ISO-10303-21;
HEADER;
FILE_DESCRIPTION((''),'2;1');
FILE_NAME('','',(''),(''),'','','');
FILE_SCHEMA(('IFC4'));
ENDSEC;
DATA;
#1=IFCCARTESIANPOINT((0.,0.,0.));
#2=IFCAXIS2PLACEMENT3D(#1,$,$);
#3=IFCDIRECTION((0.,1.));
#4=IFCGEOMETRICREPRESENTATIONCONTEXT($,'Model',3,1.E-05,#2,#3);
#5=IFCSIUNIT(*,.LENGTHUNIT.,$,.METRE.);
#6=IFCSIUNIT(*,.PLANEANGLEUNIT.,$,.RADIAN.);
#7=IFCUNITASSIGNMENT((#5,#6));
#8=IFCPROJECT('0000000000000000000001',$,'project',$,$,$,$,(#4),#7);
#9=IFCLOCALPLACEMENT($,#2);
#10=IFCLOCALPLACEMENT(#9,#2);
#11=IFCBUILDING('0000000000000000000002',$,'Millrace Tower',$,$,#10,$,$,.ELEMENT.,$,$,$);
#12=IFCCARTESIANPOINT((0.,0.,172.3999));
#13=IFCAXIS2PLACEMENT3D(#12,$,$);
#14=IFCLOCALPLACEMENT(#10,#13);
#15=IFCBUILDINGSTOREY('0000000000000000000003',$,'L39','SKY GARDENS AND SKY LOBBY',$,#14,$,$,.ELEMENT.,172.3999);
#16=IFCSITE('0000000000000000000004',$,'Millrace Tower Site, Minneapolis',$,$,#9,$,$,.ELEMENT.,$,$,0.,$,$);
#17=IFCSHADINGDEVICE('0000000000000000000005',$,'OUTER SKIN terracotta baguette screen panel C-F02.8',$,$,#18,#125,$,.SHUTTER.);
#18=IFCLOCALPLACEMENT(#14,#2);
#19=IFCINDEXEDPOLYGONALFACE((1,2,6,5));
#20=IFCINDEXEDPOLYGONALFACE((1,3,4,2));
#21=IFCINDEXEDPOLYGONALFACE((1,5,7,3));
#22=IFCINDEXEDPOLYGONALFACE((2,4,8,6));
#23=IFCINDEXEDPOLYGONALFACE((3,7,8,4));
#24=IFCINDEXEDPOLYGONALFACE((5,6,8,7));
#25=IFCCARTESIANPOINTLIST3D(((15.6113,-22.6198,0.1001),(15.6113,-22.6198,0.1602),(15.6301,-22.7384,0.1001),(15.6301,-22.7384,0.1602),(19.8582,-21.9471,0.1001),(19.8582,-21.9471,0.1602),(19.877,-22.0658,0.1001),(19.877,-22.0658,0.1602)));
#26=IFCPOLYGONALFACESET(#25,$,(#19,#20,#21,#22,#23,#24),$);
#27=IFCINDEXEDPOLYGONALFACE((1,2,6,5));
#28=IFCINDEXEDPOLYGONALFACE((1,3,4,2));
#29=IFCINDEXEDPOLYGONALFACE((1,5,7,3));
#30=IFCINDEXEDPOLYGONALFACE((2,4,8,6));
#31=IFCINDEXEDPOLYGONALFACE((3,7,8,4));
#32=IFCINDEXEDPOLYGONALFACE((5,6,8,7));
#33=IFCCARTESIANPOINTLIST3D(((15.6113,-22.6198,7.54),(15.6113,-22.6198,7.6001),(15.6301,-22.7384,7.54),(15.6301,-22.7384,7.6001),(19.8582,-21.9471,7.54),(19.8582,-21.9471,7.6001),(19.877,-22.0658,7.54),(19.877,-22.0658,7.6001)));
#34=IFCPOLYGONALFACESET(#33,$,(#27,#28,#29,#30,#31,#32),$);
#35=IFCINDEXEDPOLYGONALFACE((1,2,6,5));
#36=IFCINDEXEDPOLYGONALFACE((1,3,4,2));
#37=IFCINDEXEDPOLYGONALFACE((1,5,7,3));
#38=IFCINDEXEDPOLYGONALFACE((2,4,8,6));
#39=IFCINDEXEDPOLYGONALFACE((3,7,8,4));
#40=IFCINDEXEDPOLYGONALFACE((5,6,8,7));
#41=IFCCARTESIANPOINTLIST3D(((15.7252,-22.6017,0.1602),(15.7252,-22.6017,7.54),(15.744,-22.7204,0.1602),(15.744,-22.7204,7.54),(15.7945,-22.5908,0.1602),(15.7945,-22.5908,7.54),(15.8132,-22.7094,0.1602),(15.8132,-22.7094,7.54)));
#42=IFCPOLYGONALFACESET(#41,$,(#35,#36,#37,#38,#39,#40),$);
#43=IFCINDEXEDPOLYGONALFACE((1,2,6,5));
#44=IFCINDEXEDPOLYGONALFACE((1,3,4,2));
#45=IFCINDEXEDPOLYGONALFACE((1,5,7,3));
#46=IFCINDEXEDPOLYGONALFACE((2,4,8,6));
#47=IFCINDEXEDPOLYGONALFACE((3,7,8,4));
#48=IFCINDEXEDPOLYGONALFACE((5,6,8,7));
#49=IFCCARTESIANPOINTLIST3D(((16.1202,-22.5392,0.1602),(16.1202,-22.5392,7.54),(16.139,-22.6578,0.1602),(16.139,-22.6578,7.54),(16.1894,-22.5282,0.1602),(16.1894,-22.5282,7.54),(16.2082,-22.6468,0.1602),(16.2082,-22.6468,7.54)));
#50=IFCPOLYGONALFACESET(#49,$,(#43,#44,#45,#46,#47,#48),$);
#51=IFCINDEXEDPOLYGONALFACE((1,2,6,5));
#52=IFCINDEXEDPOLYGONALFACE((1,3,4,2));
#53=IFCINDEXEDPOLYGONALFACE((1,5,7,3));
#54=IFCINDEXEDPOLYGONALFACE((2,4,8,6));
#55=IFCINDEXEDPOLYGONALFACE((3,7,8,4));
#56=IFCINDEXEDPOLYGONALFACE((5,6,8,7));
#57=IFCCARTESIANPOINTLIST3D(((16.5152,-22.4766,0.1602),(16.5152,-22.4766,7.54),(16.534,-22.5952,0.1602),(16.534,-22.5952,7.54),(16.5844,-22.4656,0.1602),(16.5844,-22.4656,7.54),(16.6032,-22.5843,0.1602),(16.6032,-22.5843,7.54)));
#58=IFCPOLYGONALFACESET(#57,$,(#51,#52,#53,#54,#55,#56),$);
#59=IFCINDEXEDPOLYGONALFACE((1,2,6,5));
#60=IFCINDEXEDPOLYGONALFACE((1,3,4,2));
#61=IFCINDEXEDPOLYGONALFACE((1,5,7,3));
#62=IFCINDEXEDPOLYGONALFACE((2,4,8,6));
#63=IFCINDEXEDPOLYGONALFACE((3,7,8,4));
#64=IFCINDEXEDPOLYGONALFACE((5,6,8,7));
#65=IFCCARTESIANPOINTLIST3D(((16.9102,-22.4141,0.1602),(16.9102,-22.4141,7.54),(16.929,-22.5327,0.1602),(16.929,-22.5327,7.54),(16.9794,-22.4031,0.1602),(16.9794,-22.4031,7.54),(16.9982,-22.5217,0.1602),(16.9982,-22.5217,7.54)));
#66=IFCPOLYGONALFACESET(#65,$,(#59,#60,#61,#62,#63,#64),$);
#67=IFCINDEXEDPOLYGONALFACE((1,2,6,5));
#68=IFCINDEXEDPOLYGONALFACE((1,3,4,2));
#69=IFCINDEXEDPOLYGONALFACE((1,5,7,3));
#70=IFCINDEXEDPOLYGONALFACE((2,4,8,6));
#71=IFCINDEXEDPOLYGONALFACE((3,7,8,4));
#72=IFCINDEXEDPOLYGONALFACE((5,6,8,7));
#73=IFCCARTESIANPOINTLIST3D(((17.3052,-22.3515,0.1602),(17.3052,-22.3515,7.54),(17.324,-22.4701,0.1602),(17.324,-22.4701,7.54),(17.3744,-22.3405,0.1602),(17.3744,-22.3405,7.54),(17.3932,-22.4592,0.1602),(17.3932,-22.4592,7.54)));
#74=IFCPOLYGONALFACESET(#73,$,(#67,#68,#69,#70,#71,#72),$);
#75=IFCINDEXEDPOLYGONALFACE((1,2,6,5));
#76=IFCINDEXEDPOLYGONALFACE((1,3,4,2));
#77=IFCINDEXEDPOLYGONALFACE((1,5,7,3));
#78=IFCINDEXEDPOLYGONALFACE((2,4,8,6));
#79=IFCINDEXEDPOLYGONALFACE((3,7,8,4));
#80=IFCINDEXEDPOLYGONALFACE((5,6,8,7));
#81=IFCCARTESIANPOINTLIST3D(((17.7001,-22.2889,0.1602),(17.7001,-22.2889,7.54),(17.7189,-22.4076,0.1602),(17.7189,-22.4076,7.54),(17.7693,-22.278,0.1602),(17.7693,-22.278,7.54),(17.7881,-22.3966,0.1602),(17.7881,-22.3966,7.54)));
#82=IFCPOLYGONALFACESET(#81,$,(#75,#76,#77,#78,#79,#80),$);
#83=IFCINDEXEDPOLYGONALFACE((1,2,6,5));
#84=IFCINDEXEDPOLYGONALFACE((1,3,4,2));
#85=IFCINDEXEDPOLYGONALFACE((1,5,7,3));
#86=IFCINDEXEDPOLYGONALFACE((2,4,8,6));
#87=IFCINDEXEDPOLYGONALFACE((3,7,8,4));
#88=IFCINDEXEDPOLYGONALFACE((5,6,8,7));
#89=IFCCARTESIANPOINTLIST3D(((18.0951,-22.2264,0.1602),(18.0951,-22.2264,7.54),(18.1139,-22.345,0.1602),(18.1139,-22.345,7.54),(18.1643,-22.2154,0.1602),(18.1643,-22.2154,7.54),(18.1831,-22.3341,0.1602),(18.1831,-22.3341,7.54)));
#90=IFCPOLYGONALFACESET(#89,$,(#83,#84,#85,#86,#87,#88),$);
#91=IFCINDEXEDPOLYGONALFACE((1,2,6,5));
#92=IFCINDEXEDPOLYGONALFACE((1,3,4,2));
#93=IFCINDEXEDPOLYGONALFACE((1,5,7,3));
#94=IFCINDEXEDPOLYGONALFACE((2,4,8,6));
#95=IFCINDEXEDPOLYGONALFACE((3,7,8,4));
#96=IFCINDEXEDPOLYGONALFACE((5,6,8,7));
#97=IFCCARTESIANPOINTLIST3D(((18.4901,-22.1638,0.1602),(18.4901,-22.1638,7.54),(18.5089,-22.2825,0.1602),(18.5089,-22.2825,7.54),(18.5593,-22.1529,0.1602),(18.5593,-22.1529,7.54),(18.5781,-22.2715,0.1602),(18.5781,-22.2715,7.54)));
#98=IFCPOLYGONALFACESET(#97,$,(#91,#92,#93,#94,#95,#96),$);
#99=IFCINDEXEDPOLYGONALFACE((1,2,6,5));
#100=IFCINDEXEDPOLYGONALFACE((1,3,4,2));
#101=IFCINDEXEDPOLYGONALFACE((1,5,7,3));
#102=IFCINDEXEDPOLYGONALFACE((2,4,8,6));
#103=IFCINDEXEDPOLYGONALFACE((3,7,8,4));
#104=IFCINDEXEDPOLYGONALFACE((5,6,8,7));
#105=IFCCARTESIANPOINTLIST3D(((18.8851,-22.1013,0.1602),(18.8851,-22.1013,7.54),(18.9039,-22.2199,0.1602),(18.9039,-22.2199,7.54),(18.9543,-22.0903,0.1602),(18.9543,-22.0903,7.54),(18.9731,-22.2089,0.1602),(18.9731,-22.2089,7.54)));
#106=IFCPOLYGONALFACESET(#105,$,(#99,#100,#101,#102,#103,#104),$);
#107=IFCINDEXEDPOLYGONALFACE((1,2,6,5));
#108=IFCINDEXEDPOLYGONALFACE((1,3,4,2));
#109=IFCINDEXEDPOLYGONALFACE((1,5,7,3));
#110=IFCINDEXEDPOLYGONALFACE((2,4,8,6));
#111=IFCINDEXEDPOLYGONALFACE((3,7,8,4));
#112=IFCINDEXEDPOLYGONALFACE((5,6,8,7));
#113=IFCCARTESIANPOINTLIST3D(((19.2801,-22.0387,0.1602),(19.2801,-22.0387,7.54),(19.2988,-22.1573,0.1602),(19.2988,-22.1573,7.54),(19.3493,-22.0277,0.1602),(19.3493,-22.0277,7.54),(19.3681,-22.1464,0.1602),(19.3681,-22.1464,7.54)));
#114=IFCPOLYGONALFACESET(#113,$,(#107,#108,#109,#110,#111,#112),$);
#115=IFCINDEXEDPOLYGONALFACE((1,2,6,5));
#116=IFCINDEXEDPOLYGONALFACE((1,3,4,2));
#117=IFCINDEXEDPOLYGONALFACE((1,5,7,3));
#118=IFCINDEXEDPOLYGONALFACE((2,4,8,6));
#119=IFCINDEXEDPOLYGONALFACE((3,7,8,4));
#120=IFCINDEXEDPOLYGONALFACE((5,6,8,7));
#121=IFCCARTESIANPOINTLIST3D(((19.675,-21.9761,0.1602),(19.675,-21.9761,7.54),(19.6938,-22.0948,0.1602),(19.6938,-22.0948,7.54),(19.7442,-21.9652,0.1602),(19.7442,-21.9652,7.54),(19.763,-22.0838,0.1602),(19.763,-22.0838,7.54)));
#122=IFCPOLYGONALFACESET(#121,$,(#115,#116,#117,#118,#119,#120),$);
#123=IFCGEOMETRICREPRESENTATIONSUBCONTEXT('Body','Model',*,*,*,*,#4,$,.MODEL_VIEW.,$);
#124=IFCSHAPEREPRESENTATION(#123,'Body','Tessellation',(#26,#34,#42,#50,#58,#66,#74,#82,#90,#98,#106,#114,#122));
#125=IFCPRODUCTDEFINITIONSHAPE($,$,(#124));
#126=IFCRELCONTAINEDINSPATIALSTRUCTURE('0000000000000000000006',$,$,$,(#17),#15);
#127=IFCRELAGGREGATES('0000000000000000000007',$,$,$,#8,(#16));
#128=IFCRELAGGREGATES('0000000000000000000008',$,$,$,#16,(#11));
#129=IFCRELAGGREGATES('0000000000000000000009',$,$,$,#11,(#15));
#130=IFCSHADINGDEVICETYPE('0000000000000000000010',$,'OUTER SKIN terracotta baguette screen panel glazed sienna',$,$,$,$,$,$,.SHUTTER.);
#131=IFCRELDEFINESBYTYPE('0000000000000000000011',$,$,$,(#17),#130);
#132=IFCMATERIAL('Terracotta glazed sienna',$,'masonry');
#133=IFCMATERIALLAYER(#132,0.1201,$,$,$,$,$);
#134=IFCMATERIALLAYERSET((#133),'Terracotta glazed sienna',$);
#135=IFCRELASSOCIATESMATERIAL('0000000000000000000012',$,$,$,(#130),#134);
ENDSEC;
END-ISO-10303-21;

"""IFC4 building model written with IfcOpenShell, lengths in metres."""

from ifc_helpers import new_model, entity, si_unit, direction, frame, frame_2d, origin, origin_2d, place, context, subcontext, project, spatial, rectangle, extrude, source, transform, mapped, material, layer, layer_set, type_object, element, save


model = new_model("IFC4")

# Units and contexts
model_context = context("Model", 3, precision=1e-05, world=origin(), true_north=direction((0.0, 1.0)))
body_context = subcontext(model_context, "Body", "Model", "MODEL_VIEW")
ifc_project = project(units=[si_unit("LENGTHUNIT", "METRE"), si_unit("PLANEANGLEUNIT", "RADIAN")], contexts=[model_context])

# Site, building, storey
site_placement = place(None, origin())
site = spatial("IfcSite", under=ifc_project, at=site_placement, Name="Millrace Tower Site, Minneapolis", CompositionType="ELEMENT", RefElevation=0.0)
building_placement = place(site_placement, origin())
building = spatial("IfcBuilding", under=site, at=building_placement, Name="Millrace Tower", CompositionType="ELEMENT")
storey_placement = place(building_placement, frame((0.0, 0.0, 172.3999)))
storey = spatial("IfcBuildingStorey", under=building, at=storey_placement, Name="L39", Description="SKY GARDENS AND SKY LOBBY", CompositionType="ELEMENT", Elevation=172.3999)

# Shading device
ifc_material_1 = material(Name="Terracotta glazed sienna", Category="masonry")
ifc_layer_1 = layer(ifc_material_1, 0.1201)
ifc_layer_set_1 = layer_set([ifc_layer_1], Name="Terracotta glazed sienna")
shading_device_type = type_object("IfcShadingDeviceType", Name="OUTER SKIN terracotta baguette screen panel glazed sienna", PredefinedType="SHUTTER", material=ifc_layer_set_1)
cartesian_point_1 = entity("IfcCartesianPoint", [-2.1499, 0.0601])
shared_polyline_1 = entity("IfcPolyline", [cartesian_point_1, entity("IfcCartesianPoint", [2.1499, 0.0601]), entity("IfcCartesianPoint", [2.1499, -0.0601]), entity("IfcCartesianPoint", [-2.1499, -0.0601]), cartesian_point_1])
shared_shape_1 = source(origin(), body_context, "Body", "SweptSolid", [
    entity("IfcExtrudedAreaSolid", entity("IfcArbitraryClosedProfileDef", "AREA", None, shared_polyline_1), entity("IfcAxis2Placement3D", entity("IfcCartesianPoint", [0.0, 0.0, 0.0])), entity("IfcDirection", [0.0, 0.0, 1.0]), 0.0601),
    entity("IfcExtrudedAreaSolid", entity("IfcArbitraryClosedProfileDef", "AREA", None, shared_polyline_1), entity("IfcAxis2Placement3D", entity("IfcCartesianPoint", [0.0, 0.0, 7.4399])), entity("IfcDirection", [0.0, 0.0, 1.0]), 0.0601),
    extrude(rectangle(XDim=0.0701, YDim=0.1201, at=frame_2d((-1.9995, 0.0))), frame((0.0, 0.0, 0.0601)), (0.0, 0.0, 1.0), 7.3799),
    extrude(rectangle(XDim=0.0701, YDim=0.1201, at=frame_2d((-1.5996, 0.0))), frame((0.0, 0.0, 0.0601)), (0.0, 0.0, 1.0), 7.3799),
    extrude(rectangle(XDim=0.0701, YDim=0.1201, at=frame_2d((-1.1997, 0.0))), frame((0.0, 0.0, 0.0601)), (0.0, 0.0, 1.0), 7.3799),
    extrude(rectangle(XDim=0.0701, YDim=0.1201, at=frame_2d((-0.7998, 0.0))), frame((0.0, 0.0, 0.0601)), (0.0, 0.0, 1.0), 7.3799),
    extrude(rectangle(XDim=0.0701, YDim=0.1201, at=frame_2d((-0.3999, 0.0))), frame((0.0, 0.0, 0.0601)), (0.0, 0.0, 1.0), 7.3799),
    extrude(rectangle(XDim=0.0701, YDim=0.1201, at=origin_2d()), frame((0.0, 0.0, 0.0601)), (0.0, 0.0, 1.0), 7.3799),
    extrude(rectangle(XDim=0.0701, YDim=0.1201, at=frame_2d((0.3999, 0.0))), frame((0.0, 0.0, 0.0601)), (0.0, 0.0, 1.0), 7.3799),
    extrude(rectangle(XDim=0.0701, YDim=0.1201, at=frame_2d((0.7998, 0.0))), frame((0.0, 0.0, 0.0601)), (0.0, 0.0, 1.0), 7.3799),
    extrude(rectangle(XDim=0.0701, YDim=0.1201, at=frame_2d((1.1997, 0.0))), frame((0.0, 0.0, 0.0601)), (0.0, 0.0, 1.0), 7.3799),
    extrude(rectangle(XDim=0.0701, YDim=0.1201, at=frame_2d((1.5996, 0.0))), frame((0.0, 0.0, 0.0601)), (0.0, 0.0, 1.0), 7.3799),
    extrude(rectangle(XDim=0.0701, YDim=0.1201, at=frame_2d((1.9995, 0.0))), frame((0.0, 0.0, 0.0601)), (0.0, 0.0, 1.0), 7.3799),
])
shading_device_1_placement = place(storey_placement, frame((17.7441, -22.3428, 0.1001), z_axis=(0.0, 0.0, 1.0), x_axis=(0.987688, 0.156434, 0.0)))
element("IfcShadingDevice", 1, at=shading_device_1_placement, inside=storey, type_object=shading_device_type, Name="OUTER SKIN terracotta baguette screen panel C-F02.8", PredefinedType="SHUTTER", context=body_context, shape_type="MappedRepresentation", body=[
    mapped(shared_shape_1, transform((0.0, 0.0, 0.0), scale=1.0)),
])

save(model, "model.ifc")
